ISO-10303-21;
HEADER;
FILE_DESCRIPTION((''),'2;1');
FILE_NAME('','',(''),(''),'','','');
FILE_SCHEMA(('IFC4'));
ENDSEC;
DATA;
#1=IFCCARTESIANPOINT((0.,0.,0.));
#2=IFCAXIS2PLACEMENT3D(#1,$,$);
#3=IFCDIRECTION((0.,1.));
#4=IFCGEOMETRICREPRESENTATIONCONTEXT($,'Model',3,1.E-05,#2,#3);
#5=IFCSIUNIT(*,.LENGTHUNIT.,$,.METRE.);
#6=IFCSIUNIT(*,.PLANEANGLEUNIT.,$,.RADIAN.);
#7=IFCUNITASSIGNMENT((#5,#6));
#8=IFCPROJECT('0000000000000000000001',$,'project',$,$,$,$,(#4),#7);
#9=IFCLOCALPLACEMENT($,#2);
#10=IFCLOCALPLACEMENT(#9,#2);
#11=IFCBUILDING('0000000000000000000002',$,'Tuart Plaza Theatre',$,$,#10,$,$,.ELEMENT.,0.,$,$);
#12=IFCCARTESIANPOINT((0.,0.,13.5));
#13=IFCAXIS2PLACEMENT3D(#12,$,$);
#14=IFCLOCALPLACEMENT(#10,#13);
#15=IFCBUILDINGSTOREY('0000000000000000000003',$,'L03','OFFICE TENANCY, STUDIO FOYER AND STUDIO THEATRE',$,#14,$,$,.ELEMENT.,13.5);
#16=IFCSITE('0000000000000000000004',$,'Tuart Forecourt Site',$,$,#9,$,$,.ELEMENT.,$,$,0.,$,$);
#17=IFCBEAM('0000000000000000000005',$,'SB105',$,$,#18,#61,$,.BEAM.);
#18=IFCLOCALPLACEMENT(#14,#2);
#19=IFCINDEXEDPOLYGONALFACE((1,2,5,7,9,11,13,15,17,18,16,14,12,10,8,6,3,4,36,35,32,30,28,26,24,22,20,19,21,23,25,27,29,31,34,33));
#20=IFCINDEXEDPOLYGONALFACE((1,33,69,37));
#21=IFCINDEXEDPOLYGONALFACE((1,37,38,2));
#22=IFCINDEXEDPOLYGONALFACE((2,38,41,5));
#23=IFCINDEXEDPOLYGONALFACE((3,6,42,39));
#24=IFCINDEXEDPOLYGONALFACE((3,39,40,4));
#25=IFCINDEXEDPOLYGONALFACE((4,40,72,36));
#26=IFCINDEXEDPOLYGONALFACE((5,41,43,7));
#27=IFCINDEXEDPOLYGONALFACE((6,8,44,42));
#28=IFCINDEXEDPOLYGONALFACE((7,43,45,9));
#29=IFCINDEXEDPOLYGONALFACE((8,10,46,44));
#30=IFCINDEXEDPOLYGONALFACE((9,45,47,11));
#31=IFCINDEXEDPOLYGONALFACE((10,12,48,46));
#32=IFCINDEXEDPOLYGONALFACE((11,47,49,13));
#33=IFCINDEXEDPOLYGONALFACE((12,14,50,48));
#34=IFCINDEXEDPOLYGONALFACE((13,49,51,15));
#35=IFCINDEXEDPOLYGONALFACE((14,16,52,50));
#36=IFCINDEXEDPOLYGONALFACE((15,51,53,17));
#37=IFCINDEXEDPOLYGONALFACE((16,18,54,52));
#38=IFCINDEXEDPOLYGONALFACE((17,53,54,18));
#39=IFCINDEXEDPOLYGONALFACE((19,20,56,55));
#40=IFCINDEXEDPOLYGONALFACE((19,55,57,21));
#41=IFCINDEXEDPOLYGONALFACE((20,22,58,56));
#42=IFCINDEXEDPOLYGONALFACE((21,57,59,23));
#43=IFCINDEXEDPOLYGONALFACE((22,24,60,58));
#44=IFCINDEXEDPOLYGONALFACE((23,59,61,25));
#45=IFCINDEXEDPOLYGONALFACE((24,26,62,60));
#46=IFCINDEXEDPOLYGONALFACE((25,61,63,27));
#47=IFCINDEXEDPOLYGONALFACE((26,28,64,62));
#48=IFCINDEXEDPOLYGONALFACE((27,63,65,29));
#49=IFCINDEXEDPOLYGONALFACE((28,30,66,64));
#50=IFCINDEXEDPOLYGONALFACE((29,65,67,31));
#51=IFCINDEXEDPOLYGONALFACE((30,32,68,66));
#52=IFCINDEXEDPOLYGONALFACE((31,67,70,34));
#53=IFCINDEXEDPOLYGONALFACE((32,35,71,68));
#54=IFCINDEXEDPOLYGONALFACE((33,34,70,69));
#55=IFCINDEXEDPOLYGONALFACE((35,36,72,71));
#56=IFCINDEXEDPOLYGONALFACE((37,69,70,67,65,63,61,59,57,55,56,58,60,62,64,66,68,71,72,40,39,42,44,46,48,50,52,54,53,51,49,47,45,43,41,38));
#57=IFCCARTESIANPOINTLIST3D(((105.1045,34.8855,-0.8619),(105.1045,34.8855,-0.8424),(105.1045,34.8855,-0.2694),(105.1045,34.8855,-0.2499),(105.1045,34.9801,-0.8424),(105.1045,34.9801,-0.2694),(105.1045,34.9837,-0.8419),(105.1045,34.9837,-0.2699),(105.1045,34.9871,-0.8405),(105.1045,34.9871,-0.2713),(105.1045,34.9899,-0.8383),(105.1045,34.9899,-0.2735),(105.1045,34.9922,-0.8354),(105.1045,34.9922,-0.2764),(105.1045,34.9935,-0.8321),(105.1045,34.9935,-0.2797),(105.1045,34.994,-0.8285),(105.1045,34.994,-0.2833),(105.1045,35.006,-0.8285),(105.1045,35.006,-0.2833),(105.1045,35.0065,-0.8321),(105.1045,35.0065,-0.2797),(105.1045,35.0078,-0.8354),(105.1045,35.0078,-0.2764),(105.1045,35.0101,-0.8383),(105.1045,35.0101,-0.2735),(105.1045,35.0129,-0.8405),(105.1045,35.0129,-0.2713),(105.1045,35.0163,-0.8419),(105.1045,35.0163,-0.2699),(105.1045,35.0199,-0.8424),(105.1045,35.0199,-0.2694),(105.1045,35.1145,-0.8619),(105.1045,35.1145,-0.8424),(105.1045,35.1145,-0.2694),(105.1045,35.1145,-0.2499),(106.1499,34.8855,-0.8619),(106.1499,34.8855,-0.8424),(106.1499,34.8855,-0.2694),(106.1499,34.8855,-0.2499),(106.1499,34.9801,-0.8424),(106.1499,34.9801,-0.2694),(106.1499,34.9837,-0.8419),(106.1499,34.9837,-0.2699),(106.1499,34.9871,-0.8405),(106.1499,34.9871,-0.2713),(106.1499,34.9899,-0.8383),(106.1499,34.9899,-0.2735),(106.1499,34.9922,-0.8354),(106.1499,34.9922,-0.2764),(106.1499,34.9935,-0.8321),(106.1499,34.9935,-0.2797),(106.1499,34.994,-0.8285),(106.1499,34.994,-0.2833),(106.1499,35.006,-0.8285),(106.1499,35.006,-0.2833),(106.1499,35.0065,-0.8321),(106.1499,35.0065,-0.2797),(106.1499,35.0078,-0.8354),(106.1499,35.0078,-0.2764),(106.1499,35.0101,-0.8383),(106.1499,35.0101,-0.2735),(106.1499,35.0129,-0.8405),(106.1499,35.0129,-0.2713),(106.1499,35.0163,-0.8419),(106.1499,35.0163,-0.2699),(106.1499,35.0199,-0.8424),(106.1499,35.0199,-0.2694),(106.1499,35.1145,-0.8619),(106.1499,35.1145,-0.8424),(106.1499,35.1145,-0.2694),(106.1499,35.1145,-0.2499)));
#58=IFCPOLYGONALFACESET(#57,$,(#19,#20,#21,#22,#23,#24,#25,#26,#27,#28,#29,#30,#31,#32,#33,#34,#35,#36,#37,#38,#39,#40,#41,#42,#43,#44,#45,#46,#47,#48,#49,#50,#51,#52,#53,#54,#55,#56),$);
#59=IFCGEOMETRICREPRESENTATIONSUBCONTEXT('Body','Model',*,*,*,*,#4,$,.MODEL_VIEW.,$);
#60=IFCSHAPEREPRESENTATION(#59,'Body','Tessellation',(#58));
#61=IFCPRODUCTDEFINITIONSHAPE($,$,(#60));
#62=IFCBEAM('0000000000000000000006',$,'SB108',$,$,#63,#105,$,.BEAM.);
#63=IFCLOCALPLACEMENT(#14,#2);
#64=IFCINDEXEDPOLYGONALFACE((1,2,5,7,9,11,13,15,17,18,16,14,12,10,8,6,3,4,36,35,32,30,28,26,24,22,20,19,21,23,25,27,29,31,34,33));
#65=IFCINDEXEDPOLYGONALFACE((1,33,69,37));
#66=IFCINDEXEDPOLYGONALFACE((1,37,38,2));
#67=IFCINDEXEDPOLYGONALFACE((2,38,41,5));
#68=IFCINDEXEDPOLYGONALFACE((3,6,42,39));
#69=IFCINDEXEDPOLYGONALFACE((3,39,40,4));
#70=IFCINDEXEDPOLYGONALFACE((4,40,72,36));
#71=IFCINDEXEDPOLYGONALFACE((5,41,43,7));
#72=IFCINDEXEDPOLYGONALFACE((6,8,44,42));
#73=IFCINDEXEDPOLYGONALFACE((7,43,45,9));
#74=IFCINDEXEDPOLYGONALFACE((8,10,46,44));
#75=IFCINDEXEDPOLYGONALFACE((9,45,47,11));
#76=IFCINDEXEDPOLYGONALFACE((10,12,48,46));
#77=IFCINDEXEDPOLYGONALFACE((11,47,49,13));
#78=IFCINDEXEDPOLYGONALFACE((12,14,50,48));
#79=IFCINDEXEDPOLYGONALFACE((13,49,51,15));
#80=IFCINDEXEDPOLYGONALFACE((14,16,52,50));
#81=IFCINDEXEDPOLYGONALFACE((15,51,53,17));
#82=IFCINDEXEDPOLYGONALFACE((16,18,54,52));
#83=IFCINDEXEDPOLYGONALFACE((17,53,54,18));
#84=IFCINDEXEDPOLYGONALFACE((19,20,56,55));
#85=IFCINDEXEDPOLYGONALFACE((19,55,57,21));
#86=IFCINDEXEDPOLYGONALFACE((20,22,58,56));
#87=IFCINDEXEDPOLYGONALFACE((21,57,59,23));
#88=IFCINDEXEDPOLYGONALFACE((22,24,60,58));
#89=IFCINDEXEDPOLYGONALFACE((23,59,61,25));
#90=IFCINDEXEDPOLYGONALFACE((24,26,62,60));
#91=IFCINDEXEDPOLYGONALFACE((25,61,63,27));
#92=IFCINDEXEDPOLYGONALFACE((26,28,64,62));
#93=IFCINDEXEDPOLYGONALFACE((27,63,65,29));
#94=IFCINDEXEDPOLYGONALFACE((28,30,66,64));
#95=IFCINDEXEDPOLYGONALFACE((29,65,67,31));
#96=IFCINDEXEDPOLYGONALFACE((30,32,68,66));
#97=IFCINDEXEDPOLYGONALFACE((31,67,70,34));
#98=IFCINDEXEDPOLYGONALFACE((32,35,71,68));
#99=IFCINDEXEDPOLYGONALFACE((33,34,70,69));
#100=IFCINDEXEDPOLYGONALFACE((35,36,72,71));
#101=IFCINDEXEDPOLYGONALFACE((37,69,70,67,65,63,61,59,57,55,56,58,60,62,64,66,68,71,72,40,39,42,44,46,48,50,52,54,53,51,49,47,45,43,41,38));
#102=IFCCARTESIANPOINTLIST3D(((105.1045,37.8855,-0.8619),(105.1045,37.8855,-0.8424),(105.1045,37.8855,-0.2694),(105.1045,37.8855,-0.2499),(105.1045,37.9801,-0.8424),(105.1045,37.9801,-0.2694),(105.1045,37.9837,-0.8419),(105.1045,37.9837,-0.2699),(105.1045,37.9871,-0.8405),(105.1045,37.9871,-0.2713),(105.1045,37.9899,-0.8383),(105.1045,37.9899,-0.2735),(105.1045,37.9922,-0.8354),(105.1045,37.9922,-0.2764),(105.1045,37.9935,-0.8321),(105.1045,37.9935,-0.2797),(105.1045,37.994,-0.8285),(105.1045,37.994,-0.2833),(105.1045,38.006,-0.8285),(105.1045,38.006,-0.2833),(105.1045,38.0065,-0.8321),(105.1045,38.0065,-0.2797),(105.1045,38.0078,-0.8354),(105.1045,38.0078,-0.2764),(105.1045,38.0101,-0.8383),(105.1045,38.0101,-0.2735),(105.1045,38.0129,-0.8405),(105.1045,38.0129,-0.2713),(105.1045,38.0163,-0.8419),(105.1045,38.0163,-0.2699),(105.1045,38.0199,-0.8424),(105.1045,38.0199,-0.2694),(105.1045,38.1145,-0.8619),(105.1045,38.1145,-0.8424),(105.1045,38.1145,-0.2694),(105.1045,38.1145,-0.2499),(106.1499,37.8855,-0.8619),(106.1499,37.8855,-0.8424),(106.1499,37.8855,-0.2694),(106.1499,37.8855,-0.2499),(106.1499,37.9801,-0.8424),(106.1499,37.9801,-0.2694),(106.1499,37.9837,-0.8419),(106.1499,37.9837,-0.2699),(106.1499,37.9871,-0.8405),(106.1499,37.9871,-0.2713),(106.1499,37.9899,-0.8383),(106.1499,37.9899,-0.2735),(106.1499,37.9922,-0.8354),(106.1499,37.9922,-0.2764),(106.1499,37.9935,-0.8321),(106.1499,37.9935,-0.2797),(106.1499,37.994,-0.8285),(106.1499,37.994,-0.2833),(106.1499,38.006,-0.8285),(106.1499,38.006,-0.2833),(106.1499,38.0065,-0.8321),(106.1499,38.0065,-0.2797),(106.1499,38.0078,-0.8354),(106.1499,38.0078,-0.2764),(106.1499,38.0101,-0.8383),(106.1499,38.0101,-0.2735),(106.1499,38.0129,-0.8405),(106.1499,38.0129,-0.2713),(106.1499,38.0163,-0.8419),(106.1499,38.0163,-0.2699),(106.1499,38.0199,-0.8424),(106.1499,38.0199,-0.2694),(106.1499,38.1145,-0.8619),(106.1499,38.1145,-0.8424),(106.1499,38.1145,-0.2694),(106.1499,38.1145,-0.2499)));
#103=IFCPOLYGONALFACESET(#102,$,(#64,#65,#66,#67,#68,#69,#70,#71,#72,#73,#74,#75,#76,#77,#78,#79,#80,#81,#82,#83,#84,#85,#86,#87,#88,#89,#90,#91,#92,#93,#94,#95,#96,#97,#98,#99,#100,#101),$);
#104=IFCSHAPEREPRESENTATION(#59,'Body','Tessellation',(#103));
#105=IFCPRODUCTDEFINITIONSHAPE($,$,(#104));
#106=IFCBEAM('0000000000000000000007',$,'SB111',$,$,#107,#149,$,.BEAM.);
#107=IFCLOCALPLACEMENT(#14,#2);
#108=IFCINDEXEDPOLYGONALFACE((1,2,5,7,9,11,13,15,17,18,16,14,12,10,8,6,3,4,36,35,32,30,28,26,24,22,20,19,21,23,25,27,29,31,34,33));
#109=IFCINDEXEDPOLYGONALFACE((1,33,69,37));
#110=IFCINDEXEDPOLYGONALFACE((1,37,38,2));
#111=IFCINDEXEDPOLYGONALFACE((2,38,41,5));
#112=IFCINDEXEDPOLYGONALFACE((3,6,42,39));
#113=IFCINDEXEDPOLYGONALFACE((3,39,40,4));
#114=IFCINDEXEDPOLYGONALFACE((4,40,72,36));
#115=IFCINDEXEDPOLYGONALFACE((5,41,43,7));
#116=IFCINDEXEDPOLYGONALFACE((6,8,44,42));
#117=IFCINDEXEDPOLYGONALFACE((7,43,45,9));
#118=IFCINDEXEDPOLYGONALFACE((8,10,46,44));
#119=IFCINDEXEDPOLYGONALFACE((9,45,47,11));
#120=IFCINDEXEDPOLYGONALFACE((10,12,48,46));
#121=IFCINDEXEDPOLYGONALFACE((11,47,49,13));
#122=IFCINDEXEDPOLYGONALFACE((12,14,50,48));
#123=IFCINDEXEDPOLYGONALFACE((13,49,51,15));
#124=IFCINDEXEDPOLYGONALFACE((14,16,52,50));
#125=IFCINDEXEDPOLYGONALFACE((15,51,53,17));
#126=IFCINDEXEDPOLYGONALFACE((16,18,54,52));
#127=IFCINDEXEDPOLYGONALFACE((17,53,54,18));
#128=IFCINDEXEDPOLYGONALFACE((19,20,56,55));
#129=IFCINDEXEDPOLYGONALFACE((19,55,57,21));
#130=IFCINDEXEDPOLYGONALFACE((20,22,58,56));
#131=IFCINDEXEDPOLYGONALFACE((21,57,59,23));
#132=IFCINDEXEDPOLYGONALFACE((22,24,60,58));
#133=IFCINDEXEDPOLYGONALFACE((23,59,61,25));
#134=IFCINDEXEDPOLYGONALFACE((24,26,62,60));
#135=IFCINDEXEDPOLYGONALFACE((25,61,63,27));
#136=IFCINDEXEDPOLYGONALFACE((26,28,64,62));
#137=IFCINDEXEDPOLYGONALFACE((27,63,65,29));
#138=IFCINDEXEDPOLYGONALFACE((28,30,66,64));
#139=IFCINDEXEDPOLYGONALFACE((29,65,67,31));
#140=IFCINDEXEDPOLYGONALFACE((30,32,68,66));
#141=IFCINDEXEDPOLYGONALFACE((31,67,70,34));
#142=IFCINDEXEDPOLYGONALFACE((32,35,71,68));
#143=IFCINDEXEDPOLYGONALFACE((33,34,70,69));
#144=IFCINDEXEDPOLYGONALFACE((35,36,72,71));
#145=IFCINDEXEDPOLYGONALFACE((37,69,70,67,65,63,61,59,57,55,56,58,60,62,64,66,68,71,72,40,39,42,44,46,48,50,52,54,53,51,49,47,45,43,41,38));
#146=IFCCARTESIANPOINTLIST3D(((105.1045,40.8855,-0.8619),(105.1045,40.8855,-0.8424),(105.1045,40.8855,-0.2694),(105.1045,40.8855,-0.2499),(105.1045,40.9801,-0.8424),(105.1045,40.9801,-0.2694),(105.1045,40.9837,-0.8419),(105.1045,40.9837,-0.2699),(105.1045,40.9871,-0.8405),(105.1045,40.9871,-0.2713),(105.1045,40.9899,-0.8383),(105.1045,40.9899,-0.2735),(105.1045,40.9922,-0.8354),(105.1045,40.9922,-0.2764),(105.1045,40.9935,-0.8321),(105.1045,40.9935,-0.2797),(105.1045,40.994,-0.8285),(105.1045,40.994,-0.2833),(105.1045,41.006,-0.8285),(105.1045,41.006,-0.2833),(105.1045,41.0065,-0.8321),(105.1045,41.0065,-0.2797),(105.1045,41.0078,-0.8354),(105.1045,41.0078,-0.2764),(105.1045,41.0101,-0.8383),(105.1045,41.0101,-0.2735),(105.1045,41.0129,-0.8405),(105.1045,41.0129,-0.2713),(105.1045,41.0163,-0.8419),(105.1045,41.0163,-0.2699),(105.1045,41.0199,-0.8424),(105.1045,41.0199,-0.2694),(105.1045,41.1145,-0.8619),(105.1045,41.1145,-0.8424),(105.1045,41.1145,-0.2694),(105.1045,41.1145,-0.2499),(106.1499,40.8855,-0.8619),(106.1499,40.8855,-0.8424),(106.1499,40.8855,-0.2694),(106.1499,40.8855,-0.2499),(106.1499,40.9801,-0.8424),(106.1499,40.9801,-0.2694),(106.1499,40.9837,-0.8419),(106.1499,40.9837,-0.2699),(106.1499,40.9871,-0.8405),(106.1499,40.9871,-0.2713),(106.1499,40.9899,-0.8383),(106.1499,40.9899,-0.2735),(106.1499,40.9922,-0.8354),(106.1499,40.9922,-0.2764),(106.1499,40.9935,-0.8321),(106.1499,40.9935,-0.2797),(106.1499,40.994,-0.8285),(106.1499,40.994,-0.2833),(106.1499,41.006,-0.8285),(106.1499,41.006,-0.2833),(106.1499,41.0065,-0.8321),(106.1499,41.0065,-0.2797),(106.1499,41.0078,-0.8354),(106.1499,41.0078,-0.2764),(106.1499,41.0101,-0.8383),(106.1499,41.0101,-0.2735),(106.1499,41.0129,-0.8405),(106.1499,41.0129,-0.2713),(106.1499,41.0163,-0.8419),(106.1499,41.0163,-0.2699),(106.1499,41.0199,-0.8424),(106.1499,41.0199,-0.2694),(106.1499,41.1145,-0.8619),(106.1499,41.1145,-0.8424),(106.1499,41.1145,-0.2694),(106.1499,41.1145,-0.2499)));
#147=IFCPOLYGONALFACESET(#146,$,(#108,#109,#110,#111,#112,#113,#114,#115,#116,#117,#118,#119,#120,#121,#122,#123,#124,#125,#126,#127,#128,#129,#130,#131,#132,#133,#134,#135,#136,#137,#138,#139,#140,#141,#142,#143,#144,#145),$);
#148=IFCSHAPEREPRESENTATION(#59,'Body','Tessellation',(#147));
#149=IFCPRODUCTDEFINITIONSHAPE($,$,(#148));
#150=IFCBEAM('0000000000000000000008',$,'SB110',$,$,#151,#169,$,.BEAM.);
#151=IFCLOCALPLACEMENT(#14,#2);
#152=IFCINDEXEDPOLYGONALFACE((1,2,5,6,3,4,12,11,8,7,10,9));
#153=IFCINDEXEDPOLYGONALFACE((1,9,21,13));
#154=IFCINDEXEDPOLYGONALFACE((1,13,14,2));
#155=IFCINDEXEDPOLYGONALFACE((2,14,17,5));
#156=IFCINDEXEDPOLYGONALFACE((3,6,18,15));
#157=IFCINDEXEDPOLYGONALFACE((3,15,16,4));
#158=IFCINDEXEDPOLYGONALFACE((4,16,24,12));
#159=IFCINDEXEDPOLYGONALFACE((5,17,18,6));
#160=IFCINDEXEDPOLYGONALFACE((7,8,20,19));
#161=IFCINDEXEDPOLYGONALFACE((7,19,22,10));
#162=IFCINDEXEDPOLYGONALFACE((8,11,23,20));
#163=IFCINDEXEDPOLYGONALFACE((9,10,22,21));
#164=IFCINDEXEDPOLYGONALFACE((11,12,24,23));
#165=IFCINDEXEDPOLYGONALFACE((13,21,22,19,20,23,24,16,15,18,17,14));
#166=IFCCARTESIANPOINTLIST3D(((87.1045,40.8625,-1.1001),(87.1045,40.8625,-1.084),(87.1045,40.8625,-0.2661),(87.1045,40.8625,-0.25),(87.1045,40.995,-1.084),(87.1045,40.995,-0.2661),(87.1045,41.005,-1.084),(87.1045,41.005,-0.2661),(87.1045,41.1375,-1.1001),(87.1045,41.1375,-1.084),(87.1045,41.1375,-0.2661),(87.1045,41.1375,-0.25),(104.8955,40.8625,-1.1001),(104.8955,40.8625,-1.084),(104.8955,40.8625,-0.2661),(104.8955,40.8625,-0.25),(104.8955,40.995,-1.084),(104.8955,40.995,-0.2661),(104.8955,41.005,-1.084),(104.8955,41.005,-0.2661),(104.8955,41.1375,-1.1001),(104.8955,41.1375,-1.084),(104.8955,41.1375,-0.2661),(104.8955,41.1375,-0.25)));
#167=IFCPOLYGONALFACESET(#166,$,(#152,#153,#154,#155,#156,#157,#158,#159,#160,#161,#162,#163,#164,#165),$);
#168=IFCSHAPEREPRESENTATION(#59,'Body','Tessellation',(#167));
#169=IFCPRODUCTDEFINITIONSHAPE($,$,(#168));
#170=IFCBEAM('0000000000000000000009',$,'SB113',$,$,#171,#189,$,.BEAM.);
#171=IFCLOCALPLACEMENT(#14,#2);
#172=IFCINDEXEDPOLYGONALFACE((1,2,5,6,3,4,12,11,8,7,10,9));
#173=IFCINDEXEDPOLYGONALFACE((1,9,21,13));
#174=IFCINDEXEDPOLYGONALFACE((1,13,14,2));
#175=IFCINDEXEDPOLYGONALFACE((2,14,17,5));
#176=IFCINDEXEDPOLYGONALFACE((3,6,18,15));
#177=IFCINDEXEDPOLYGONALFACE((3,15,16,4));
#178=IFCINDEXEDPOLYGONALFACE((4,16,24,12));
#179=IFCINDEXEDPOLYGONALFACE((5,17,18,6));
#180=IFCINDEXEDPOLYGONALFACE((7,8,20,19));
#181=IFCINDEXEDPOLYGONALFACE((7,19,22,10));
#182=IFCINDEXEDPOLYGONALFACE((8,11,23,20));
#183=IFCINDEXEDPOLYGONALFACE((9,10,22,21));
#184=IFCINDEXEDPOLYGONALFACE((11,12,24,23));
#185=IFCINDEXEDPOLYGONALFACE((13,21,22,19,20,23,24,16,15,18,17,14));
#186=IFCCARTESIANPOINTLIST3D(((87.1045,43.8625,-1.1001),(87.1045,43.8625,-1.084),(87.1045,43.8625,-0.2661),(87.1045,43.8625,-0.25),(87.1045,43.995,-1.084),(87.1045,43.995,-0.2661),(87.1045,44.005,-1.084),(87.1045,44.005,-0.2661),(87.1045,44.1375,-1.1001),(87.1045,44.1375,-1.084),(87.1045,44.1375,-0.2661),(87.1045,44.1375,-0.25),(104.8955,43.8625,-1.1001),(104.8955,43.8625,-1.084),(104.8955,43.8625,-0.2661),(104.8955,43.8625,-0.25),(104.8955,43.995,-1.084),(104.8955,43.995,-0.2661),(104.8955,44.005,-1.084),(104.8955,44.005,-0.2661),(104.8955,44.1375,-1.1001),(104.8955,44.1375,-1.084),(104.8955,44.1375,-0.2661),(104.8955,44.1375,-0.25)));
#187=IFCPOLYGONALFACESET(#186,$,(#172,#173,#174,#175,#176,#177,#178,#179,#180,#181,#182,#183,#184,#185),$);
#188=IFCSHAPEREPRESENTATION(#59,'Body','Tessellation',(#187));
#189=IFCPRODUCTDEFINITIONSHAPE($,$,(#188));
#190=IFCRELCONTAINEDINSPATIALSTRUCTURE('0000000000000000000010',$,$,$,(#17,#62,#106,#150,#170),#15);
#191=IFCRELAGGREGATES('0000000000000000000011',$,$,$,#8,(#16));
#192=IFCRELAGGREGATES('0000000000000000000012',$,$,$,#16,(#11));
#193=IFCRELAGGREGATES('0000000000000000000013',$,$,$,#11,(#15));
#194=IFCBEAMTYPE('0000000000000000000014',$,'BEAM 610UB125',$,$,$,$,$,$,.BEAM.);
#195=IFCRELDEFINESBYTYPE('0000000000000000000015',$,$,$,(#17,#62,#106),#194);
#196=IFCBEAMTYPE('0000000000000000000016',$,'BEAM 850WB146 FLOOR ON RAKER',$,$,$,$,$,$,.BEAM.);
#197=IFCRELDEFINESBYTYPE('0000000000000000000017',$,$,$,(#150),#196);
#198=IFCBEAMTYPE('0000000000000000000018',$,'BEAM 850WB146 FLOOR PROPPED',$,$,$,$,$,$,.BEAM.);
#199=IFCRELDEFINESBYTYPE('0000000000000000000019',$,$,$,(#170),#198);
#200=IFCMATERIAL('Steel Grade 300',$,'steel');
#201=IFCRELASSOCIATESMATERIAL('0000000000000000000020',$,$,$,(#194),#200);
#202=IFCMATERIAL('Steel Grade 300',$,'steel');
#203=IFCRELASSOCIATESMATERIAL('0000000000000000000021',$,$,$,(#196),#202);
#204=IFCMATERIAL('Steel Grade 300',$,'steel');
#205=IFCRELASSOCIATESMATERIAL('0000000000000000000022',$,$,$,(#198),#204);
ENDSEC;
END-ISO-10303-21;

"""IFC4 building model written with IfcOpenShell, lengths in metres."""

from ifc_helpers import new_model, si_unit, direction, frame, origin, origin_2d, place, context, subcontext, project, spatial, i_section, extrude, material, material_profile, profile_set, type_object, element, save


model = new_model("IFC4")

# Units and contexts
model_context = context("Model", 3, precision=1e-05, world=origin(), true_north=direction((0.0, 1.0)))
body_context = subcontext(model_context, "Body", "Model", "MODEL_VIEW")
ifc_project = project(units=[si_unit("LENGTHUNIT", "METRE"), si_unit("PLANEANGLEUNIT", "RADIAN")], contexts=[model_context])

# Site, building, storey
site_placement = place(None, origin())
site = spatial("IfcSite", under=ifc_project, at=site_placement, Name="Tuart Forecourt Site", CompositionType="ELEMENT", RefElevation=0.0)
building_placement = place(site_placement, origin())
building = spatial("IfcBuilding", under=site, at=building_placement, Name="Tuart Plaza Theatre", CompositionType="ELEMENT", ElevationOfRefHeight=0.0)
storey_placement = place(building_placement, frame((0.0, 0.0, 13.5)))
storey = spatial("IfcBuildingStorey", under=building, at=storey_placement, Name="L03", Description="OFFICE TENANCY, STUDIO FOYER AND STUDIO THEATRE", CompositionType="ELEMENT", Elevation=13.5)

# Beams
ifc_material_1 = material(Name="Steel Grade 300", Category="steel")
ifc_material_profile_1 = material_profile(ifc_material_1, i_section(OverallWidth=0.229, OverallDepth=0.6121, WebThickness=0.012, FlangeThickness=0.0195, FilletRadius=0.0139, at=origin_2d()), Name="610UB125")
ifc_profile_set_1 = profile_set([ifc_material_profile_1], Name="Steel Grade 300")
beam_type_1 = type_object("IfcBeamType", Name="BEAM 610UB125", PredefinedType="BEAM", material=ifc_profile_set_1)
for number, where, z_axis, x_axis, name in (
    (1, (105.1045, 35.0, -0.5559), (1.0, 0.0, 0.0), (0.0, 1.0, 0.0), "SB105"),
    (2, (105.1045, 38.0, -0.5559), (1.0, 0.0, 0.0), (0.0, 1.0, 0.0), "SB108"),
    (3, (105.1045, 41.0, -0.5559), (1.0, 0.0, 0.0), (0.0, 1.0, 0.0), "SB111"),
):
    element("IfcBeam", number, at=place(storey_placement, frame(where, z_axis=z_axis, x_axis=x_axis)), inside=storey, type_object=beam_type_1, Name=name, PredefinedType="BEAM", context=body_context, shape_type="SweptSolid", body=[
        extrude(i_section(OverallWidth=0.229, OverallDepth=0.6121, WebThickness=0.012, FlangeThickness=0.0195, FilletRadius=0.0139, at=origin_2d()), origin(), (0.0, 0.0, 1.0), 1.0454),
    ])
ifc_material_2 = material(Name="Steel Grade 300", Category="steel")
ifc_material_profile_2 = material_profile(ifc_material_2, i_section(OverallWidth=0.2749, OverallDepth=0.8501, WebThickness=0.01, FlangeThickness=0.0161, at=origin_2d()), Name="850WB146")
ifc_profile_set_2 = profile_set([ifc_material_profile_2], Name="Steel Grade 300")
beam_type_2 = type_object("IfcBeamType", Name="BEAM 850WB146 FLOOR ON RAKER", PredefinedType="BEAM", material=ifc_profile_set_2)
beam_1_placement = place(storey_placement, frame((87.1045, 41.0, -0.675), z_axis=(1.0, 0.0, 0.0), x_axis=(0.0, 1.0, 0.0)))
element("IfcBeam", 4, at=beam_1_placement, inside=storey, type_object=beam_type_2, Name="SB110", PredefinedType="BEAM", context=body_context, shape_type="SweptSolid", body=[
    extrude(i_section(OverallWidth=0.2749, OverallDepth=0.8501, WebThickness=0.01, FlangeThickness=0.0161, at=origin_2d()), origin(), (0.0, 0.0, 1.0), 17.791),
])
ifc_material_3 = material(Name="Steel Grade 300", Category="steel")
ifc_material_profile_3 = material_profile(ifc_material_3, i_section(OverallWidth=0.2749, OverallDepth=0.8501, WebThickness=0.01, FlangeThickness=0.0161, at=origin_2d()), Name="850WB146")
ifc_profile_set_3 = profile_set([ifc_material_profile_3], Name="Steel Grade 300")
beam_type_3 = type_object("IfcBeamType", Name="BEAM 850WB146 FLOOR PROPPED", PredefinedType="BEAM", material=ifc_profile_set_3)
for number, where, z_axis, x_axis, name in (
    (5, (87.1045, 44.0, -0.675), (1.0, 0.0, 0.0), (0.0, 1.0, 0.0), "SB113"),
):
    element("IfcBeam", number, at=place(storey_placement, frame(where, z_axis=z_axis, x_axis=x_axis)), inside=storey, type_object=beam_type_3, Name=name, PredefinedType="BEAM", context=body_context, shape_type="SweptSolid", body=[
        extrude(i_section(OverallWidth=0.2749, OverallDepth=0.8501, WebThickness=0.01, FlangeThickness=0.0161, at=origin_2d()), origin(), (0.0, 0.0, 1.0), 17.791),
    ])

save(model, "model.ifc")
